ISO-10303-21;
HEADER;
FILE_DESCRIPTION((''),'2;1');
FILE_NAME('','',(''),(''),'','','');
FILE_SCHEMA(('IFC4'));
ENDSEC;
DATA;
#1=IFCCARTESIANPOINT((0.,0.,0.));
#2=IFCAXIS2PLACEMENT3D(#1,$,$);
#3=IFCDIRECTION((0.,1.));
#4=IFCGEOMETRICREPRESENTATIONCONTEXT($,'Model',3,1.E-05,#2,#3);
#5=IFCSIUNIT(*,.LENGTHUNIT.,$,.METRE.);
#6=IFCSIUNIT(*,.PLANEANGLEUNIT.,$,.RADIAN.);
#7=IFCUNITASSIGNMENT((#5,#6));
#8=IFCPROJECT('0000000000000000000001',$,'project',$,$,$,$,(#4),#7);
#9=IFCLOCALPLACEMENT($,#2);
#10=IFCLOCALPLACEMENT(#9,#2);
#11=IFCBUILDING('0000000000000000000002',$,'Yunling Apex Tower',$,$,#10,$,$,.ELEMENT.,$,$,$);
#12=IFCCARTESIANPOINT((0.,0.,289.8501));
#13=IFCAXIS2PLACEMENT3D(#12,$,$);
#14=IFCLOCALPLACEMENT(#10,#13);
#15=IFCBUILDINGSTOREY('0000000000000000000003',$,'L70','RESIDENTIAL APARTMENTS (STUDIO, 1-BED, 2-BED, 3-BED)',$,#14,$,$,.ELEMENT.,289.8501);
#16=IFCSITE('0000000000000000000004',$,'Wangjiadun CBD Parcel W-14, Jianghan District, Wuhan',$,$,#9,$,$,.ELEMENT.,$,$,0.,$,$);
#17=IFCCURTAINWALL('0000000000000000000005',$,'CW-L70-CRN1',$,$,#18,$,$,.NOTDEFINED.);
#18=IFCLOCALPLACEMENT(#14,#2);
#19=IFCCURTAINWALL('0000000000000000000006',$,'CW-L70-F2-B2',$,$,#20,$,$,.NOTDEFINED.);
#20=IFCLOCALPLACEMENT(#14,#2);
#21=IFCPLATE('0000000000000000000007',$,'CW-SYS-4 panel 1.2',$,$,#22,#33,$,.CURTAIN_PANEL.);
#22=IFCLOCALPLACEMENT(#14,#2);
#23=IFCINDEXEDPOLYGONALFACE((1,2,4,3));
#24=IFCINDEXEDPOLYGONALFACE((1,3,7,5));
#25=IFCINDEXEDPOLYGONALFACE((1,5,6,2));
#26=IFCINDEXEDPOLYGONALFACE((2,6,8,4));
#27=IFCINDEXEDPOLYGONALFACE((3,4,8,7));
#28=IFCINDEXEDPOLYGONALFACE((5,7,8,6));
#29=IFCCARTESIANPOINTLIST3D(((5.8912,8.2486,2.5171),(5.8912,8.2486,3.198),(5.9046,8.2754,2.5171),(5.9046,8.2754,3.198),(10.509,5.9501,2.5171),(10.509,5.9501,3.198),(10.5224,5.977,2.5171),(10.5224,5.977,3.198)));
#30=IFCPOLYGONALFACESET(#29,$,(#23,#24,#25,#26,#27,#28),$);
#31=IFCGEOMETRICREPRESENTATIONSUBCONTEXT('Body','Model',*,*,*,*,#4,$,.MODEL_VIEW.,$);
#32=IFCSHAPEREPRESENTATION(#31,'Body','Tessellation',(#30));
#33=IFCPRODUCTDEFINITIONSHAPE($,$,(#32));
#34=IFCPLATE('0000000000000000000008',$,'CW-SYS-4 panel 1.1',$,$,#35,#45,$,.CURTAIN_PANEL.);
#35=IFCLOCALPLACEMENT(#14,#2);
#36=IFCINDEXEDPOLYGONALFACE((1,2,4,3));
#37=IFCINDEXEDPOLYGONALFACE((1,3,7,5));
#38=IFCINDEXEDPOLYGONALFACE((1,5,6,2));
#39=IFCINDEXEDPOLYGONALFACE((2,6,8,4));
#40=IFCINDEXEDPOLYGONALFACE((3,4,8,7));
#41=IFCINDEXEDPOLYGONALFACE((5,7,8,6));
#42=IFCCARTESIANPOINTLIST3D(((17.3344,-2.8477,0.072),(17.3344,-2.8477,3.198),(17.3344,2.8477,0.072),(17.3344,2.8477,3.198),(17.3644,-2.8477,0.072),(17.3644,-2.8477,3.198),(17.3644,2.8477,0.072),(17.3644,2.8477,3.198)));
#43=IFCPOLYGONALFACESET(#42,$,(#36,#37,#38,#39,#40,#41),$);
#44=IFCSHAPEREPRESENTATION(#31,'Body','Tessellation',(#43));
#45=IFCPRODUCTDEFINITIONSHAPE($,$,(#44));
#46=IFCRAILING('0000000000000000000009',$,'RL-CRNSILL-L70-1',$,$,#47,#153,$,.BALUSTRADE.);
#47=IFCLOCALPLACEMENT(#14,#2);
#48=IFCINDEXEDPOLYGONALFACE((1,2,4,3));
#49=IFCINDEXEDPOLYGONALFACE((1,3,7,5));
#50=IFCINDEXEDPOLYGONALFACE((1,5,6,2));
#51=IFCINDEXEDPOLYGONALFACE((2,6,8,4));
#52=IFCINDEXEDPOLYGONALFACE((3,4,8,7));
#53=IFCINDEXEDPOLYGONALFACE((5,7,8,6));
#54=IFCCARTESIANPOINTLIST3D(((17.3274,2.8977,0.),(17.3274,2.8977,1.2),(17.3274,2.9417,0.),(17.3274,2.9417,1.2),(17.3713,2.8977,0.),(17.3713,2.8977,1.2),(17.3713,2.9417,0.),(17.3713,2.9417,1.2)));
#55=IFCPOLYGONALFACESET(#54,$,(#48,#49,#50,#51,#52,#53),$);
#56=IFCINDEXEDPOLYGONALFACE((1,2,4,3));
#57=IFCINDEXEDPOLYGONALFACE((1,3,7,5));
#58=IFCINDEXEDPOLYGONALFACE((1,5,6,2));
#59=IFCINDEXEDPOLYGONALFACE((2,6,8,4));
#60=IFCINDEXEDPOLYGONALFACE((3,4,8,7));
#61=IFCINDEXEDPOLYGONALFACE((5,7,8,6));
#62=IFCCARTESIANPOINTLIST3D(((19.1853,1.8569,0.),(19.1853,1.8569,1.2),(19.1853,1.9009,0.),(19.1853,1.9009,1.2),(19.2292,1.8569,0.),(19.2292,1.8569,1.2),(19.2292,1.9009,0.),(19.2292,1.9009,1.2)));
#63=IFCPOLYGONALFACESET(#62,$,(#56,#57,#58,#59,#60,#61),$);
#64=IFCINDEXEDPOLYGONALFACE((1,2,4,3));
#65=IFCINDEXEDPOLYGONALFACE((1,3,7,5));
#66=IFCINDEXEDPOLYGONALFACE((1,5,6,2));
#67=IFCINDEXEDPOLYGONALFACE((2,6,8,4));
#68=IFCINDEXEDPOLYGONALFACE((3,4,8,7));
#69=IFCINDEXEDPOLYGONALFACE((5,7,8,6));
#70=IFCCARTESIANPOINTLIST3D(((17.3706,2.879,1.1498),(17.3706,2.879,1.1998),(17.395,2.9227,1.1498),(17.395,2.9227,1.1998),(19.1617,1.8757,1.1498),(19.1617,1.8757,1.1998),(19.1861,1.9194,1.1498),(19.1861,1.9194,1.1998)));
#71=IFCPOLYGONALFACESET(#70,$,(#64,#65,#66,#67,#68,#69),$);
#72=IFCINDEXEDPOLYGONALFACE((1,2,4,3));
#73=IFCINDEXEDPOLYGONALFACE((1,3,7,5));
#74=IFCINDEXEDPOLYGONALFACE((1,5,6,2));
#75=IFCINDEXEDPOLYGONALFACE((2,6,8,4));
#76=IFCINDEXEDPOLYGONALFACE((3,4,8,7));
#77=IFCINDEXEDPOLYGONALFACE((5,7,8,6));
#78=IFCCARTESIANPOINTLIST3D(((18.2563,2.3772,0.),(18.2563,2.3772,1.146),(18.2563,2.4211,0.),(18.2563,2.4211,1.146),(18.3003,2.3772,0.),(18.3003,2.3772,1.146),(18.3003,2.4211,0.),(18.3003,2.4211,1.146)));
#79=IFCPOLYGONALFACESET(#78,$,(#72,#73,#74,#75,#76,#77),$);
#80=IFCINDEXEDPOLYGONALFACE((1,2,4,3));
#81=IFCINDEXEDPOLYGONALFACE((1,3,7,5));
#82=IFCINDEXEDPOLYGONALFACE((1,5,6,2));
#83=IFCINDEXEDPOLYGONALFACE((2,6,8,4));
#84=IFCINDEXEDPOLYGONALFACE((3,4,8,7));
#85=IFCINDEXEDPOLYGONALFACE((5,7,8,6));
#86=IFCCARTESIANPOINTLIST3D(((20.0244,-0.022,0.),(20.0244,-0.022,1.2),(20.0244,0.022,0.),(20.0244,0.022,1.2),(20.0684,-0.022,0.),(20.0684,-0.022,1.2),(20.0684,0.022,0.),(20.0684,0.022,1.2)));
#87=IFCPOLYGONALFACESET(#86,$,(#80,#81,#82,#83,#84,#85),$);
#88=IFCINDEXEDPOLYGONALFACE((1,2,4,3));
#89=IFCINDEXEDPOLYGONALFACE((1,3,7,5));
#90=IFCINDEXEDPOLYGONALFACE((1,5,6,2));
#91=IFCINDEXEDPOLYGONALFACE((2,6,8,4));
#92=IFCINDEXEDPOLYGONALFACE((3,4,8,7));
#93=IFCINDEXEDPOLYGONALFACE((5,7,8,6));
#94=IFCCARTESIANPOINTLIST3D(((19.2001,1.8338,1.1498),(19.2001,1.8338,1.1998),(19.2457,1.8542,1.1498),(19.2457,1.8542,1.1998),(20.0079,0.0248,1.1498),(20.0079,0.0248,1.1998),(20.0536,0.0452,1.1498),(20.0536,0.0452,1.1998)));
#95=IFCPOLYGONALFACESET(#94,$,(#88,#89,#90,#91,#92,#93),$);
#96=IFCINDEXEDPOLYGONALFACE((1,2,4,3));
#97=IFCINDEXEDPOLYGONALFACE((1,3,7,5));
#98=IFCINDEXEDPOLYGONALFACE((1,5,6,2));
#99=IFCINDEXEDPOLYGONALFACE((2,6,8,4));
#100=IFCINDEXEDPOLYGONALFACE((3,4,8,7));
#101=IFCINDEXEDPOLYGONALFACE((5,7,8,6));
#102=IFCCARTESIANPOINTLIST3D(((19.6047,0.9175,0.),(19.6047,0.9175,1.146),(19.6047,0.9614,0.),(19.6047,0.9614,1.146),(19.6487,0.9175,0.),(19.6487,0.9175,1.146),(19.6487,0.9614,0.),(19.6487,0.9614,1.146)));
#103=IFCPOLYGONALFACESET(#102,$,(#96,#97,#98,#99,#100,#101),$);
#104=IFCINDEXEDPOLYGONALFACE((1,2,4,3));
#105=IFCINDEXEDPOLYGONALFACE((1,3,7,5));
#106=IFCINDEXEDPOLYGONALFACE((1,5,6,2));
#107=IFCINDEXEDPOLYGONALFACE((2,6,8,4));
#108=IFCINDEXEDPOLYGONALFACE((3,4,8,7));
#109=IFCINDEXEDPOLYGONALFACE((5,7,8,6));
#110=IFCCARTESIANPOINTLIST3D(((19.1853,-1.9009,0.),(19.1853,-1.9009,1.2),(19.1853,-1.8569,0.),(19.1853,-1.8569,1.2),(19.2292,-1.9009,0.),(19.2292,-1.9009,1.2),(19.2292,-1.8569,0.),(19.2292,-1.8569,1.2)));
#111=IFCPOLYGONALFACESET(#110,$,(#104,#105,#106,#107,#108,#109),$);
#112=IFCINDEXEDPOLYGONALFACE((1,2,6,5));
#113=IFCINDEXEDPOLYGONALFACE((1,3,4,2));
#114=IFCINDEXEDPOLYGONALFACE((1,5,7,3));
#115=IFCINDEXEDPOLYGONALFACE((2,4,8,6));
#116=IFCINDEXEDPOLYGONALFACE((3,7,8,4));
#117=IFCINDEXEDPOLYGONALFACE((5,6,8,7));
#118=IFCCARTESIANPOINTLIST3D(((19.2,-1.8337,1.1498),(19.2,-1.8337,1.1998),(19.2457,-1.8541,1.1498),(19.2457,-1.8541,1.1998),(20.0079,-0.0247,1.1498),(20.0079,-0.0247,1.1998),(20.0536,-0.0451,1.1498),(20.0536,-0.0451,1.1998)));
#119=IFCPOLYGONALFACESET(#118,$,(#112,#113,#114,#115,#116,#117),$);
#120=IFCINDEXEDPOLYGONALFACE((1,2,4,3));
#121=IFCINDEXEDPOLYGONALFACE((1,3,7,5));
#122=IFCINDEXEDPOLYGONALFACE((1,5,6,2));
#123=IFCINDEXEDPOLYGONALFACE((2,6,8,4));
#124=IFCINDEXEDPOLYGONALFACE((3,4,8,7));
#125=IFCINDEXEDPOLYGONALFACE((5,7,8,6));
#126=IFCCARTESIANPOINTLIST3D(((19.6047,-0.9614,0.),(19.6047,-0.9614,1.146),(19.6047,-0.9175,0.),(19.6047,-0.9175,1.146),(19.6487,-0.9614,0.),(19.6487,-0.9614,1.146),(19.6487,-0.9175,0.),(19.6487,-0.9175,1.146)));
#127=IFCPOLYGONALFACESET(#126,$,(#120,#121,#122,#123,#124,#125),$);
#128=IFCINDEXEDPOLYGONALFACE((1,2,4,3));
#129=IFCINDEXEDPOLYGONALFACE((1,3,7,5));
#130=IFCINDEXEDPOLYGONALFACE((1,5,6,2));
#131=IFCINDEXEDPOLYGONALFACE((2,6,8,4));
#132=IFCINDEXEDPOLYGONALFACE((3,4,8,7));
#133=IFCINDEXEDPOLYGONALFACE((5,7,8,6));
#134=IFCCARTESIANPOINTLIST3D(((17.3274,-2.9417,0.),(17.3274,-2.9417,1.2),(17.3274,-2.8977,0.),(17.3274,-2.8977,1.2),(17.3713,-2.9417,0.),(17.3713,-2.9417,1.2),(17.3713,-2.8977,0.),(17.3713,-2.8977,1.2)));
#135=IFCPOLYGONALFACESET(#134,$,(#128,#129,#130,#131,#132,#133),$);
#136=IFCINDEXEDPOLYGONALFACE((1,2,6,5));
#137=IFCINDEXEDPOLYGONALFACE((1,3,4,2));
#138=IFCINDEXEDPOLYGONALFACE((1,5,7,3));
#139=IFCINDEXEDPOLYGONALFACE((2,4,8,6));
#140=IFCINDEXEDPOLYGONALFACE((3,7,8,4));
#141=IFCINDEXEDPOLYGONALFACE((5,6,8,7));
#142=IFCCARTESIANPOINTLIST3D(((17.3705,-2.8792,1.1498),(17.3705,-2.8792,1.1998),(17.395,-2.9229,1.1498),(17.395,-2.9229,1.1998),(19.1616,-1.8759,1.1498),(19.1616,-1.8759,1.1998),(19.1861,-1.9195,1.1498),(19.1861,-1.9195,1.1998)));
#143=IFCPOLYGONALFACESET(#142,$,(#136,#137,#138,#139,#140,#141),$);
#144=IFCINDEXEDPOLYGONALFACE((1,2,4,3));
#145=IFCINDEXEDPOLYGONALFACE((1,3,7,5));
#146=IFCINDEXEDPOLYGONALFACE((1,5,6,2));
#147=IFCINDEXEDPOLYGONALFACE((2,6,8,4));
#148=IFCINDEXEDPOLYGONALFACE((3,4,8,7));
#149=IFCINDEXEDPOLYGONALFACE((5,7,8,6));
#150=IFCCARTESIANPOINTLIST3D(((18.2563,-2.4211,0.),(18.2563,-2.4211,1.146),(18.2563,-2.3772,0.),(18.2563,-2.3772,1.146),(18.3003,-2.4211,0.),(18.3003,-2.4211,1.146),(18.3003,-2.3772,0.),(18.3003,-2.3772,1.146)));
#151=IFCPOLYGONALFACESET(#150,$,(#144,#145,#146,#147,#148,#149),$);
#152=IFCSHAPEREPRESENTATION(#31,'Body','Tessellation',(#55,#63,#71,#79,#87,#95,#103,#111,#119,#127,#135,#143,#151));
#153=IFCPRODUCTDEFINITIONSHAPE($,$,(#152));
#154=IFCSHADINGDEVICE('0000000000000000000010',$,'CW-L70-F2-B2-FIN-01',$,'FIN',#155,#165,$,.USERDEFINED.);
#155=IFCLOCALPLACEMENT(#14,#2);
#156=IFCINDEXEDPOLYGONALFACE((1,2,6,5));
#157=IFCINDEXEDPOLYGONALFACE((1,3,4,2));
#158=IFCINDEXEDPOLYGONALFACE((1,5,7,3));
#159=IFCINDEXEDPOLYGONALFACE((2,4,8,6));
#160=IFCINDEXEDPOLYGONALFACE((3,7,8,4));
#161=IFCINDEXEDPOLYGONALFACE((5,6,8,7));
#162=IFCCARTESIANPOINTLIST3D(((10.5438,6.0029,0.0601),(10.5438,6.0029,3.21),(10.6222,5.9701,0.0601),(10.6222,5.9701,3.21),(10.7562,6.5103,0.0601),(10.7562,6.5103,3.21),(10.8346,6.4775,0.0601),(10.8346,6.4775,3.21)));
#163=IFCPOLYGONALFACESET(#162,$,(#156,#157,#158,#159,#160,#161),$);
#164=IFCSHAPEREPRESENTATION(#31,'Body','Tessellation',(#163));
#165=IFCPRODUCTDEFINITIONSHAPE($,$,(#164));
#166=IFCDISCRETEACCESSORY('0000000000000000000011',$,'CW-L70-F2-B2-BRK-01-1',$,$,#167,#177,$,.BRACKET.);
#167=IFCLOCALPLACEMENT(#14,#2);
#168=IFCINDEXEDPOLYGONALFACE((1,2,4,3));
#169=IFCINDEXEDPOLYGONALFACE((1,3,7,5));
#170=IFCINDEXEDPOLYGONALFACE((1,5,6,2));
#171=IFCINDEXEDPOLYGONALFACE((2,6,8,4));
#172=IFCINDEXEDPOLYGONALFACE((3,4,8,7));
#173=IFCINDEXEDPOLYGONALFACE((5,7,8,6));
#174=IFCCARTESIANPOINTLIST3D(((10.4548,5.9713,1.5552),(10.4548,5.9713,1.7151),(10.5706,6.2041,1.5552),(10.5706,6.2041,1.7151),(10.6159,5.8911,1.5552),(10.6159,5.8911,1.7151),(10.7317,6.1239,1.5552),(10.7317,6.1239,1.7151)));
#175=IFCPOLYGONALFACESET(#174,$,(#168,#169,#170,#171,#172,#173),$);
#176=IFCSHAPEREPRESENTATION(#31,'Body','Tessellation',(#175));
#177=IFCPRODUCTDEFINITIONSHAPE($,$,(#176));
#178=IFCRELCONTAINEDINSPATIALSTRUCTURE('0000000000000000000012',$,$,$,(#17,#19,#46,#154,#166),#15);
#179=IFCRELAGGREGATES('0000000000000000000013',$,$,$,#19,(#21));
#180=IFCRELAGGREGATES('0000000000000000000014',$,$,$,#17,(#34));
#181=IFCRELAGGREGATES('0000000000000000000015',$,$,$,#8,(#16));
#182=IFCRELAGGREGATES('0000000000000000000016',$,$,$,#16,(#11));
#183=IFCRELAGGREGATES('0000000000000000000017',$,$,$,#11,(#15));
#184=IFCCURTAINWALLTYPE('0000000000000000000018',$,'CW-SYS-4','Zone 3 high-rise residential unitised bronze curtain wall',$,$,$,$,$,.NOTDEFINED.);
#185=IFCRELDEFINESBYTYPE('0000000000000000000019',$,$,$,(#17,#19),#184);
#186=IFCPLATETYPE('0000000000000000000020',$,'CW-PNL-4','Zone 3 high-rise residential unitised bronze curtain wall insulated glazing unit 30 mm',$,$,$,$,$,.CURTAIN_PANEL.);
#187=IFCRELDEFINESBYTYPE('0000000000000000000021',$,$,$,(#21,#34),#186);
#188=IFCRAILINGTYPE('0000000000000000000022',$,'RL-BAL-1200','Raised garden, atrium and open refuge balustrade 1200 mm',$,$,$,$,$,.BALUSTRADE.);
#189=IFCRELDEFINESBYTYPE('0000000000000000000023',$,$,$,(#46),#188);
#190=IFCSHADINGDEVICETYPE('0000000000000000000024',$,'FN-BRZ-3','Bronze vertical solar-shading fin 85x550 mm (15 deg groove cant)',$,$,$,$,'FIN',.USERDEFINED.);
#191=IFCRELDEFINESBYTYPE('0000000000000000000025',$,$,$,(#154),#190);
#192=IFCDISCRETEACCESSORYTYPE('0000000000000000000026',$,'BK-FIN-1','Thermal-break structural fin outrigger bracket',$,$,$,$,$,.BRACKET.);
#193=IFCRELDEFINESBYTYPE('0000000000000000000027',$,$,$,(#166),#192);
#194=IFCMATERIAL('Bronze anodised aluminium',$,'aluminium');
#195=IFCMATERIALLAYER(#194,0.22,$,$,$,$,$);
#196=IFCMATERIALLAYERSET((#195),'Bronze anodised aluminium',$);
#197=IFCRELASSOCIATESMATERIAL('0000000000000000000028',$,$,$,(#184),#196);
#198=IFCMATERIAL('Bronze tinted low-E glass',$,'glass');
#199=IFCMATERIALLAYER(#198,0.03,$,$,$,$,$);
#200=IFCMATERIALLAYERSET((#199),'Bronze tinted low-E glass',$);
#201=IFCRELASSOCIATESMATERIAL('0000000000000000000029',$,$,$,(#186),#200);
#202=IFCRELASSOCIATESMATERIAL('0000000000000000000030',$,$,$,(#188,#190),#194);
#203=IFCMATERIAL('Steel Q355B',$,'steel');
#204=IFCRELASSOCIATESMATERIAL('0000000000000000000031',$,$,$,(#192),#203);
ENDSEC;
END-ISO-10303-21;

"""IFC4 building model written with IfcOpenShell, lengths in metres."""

from ifc_helpers import new_model, si_unit, direction, frame, origin, origin_2d, place, context, subcontext, project, spatial, rectangle, extrude, source, transform, mapped, material, layer, layer_set, material_profile, profile_set, type_object, element, aggregate, save


model = new_model("IFC4")

# Units and contexts
model_context = context("Model", 3, precision=1e-05, world=origin(), true_north=direction((0.0, 1.0)))
body_context = subcontext(model_context, "Body", "Model", "MODEL_VIEW")
ifc_project = project(units=[si_unit("LENGTHUNIT", "METRE"), si_unit("PLANEANGLEUNIT", "RADIAN")], contexts=[model_context])

# Site, building, storey
site_placement = place(None, origin())
site = spatial("IfcSite", under=ifc_project, at=site_placement, Name="Wangjiadun CBD Parcel W-14, Jianghan District, Wuhan", CompositionType="ELEMENT", RefElevation=0.0)
building_placement = place(site_placement, origin())
building = spatial("IfcBuilding", under=site, at=building_placement, Name="Yunling Apex Tower", CompositionType="ELEMENT")
storey_placement = place(building_placement, frame((0.0, 0.0, 289.8501)))
storey = spatial("IfcBuildingStorey", under=building, at=storey_placement, Name="L70", Description="RESIDENTIAL APARTMENTS (STUDIO, 1-BED, 2-BED, 3-BED)", CompositionType="ELEMENT", Elevation=289.8501)

# Shared definitions
ifc_material_1 = material(Name="Steel Q355B", Category="steel")

# Curtain wall
ifc_material_2 = material(Name="Bronze anodised aluminium", Category="aluminium")
ifc_layer_1 = layer(ifc_material_2, 0.22)
ifc_layer_set_1 = layer_set([ifc_layer_1], Name="Bronze anodised aluminium")
curtain_wall_type = type_object("IfcCurtainWallType", Name="CW-SYS-4", Description="Zone 3 high-rise residential unitised bronze curtain wall", PredefinedType="NOTDEFINED", material=ifc_layer_set_1)
curtain_wall_1_placement = place(storey_placement, origin())
curtain_wall_1 = element("IfcCurtainWall", 1, at=curtain_wall_1_placement, inside=storey, type_object=curtain_wall_type, Name="CW-L70-CRN1", PredefinedType="NOTDEFINED")

# Curtain wall
curtain_wall_2_placement = place(storey_placement, origin())
curtain_wall_2 = element("IfcCurtainWall", 2, at=curtain_wall_2_placement, inside=storey, type_object=curtain_wall_type, Name="CW-L70-F2-B2", PredefinedType="NOTDEFINED")

# Plates
ifc_material_3 = material(Name="Bronze tinted low-E glass", Category="glass")
ifc_layer_2 = layer(ifc_material_3, 0.03)
ifc_layer_set_2 = layer_set([ifc_layer_2], Name="Bronze tinted low-E glass")
plate_type_1 = type_object("IfcPlateType", Name="CW-PNL-4", Description="Zone 3 high-rise residential unitised bronze curtain wall insulated glazing unit 30 mm", PredefinedType="CURTAIN_PANEL", material=ifc_layer_set_2)
shared_shape_1 = source(origin(), body_context, "Body", "SweptSolid", [
    extrude(rectangle(XDim=5.1582, YDim=0.03, at=origin_2d()), origin(), (0.0, 0.0, 1.0), 0.6809),
])
plate_1_placement = place(storey_placement, frame((8.2068, 7.1128, 2.5171), z_axis=(0.0, 0.0, 1.0), x_axis=(-0.89524, 0.445583, 0.0)))
plate_1 = element("IfcPlate", 3, at=plate_1_placement, type_object=plate_type_1, Name="CW-SYS-4 panel 1.2", PredefinedType="CURTAIN_PANEL", context=body_context, shape_type="MappedRepresentation", body=[
    mapped(shared_shape_1, transform((0.0, 0.0, 0.0), scale=1.0)),
])
aggregate(curtain_wall_2, [plate_1])
shared_shape_2 = source(origin(), body_context, "Body", "SweptSolid", [
    extrude(rectangle(XDim=5.6953, YDim=0.03, at=origin_2d()), origin(), (0.0, 0.0, 1.0), 3.126),
])
plate_2_placement = place(storey_placement, frame((17.3494, 0.0, 0.072), z_axis=(0.0, 0.0, 1.0), x_axis=(0.0, 1.0, 0.0)))
plate_2 = element("IfcPlate", 4, at=plate_2_placement, type_object=plate_type_1, Name="CW-SYS-4 panel 1.1", PredefinedType="CURTAIN_PANEL", context=body_context, shape_type="MappedRepresentation", body=[
    mapped(shared_shape_2, transform((0.0, 0.0, 0.0), scale=1.0)),
])
aggregate(curtain_wall_1, [plate_2])

# Railing
railing_type = type_object("IfcRailingType", Name="RL-BAL-1200", Description="Raised garden, atrium and open refuge balustrade 1200 mm", PredefinedType="BALUSTRADE", material=ifc_material_2)
railing_placement = place(storey_placement, frame((17.3494, 2.9197, 0.0)))
element("IfcRailing", 5, at=railing_placement, inside=storey, type_object=railing_type, Name="RL-CRNSILL-L70-1", PredefinedType="BALUSTRADE", context=body_context, shape_type="SweptSolid", body=[
    extrude(rectangle(XDim=0.0439, YDim=0.0439, at=origin_2d()), origin(), (0.0, 0.0, 1.0), 1.2),
    extrude(rectangle(XDim=0.0439, YDim=0.0439, at=origin_2d()), frame((1.8579, -1.0408, 0.0)), (0.0, 0.0, 1.0), 1.2),
    extrude(rectangle(XDim=0.05, YDim=0.05, at=origin_2d()), frame((0.0334, -0.0188, 1.1748), z_axis=(0.872438, -0.488726, 0.0), x_axis=(0.488726, 0.872438, 0.0)), (0.0, 0.0, 1.0), 2.053),
    extrude(rectangle(XDim=0.0439, YDim=0.0439, at=origin_2d()), frame((0.929, -0.5205, 0.0)), (0.0, 0.0, 1.0), 1.146),
    extrude(rectangle(XDim=0.0439, YDim=0.0439, at=origin_2d()), frame((2.697, -2.9197, 0.0)), (0.0, 0.0, 1.0), 1.2),
    extrude(rectangle(XDim=0.05, YDim=0.05, at=origin_2d()), frame((1.8735, -1.0757, 1.1748), z_axis=(0.407778, -0.913081, 0.0), x_axis=(0.913081, 0.407778, 0.0)), (0.0, 0.0, 1.0), 1.9812),
    extrude(rectangle(XDim=0.0439, YDim=0.0439, at=origin_2d()), frame((2.2773, -1.9802, 0.0)), (0.0, 0.0, 1.0), 1.146),
    extrude(rectangle(XDim=0.0439, YDim=0.0439, at=origin_2d()), frame((1.8579, -4.7986, 0.0)), (0.0, 0.0, 1.0), 1.2),
    extrude(rectangle(XDim=0.05, YDim=0.05, at=origin_2d()), frame((2.6814, -2.9546, 1.1748), z_axis=(-0.407778, -0.913081, 0.0), x_axis=(0.913081, -0.407778, 0.0)), (0.0, 0.0, 1.0), 1.9812),
    extrude(rectangle(XDim=0.0439, YDim=0.0439, at=origin_2d()), frame((2.2773, -3.8591, 0.0)), (0.0, 0.0, 1.0), 1.146),
    extrude(rectangle(XDim=0.0439, YDim=0.0439, at=origin_2d()), frame((0.0, -5.8394, 0.0)), (0.0, 0.0, 1.0), 1.2),
    extrude(rectangle(XDim=0.05, YDim=0.05, at=origin_2d()), frame((1.8245, -4.8174, 1.1748), z_axis=(-0.872438, -0.488726, 0.0), x_axis=(0.488726, -0.872438, 0.0)), (0.0, 0.0, 1.0), 2.053),
    extrude(rectangle(XDim=0.0439, YDim=0.0439, at=origin_2d()), frame((0.929, -5.3188, 0.0)), (0.0, 0.0, 1.0), 1.146),
])

# Shading device
ifc_material_profile_1 = material_profile(ifc_material_2, rectangle(XDim=0.085, YDim=0.55, at=origin_2d()))
ifc_profile_set_1 = profile_set([ifc_material_profile_1], Name="Bronze anodised aluminium")
shading_device_type = type_object("IfcShadingDeviceType", Name="FN-BRZ-3", Description="Bronze vertical solar-shading fin 85x550 mm (15 deg groove cant)", ElementType="FIN", PredefinedType="USERDEFINED", material=ifc_profile_set_1)
shared_shape_3 = source(origin(), body_context, "Body", "SweptSolid", [
    extrude(rectangle(XDim=0.085, YDim=0.55, at=origin_2d()), origin(), (0.0, 0.0, 1.0), 3.1499),
])
shading_device_placement = place(storey_placement, frame((10.6892, 6.2402, 0.0601), z_axis=(0.0, 0.0, 1.0), x_axis=(-0.922471, 0.386067, 0.0)))
element("IfcShadingDevice", 6, at=shading_device_placement, inside=storey, type_object=shading_device_type, Name="CW-L70-F2-B2-FIN-01", ObjectType="FIN", PredefinedType="USERDEFINED", context=body_context, shape_type="MappedRepresentation", body=[
    mapped(shared_shape_3, transform((0.0, 0.0, 0.0), scale=1.0)),
])

# Discrete accessory
discrete_accessory_type = type_object("IfcDiscreteAccessoryType", Name="BK-FIN-1", Description="Thermal-break structural fin outrigger bracket", PredefinedType="BRACKET", material=ifc_material_1)
shared_shape_4 = source(origin(), body_context, "Body", "SweptSolid", [
    extrude(rectangle(XDim=0.1799, YDim=0.26, at=origin_2d()), origin(), (0.0, 0.0, 1.0), 0.1599),
])
discrete_accessory_placement = place(storey_placement, frame((10.5933, 6.0476, 1.5552), z_axis=(0.0, 0.0, 1.0), x_axis=(-0.895246, 0.445573, 0.0)))
element("IfcDiscreteAccessory", 7, at=discrete_accessory_placement, inside=storey, type_object=discrete_accessory_type, Name="CW-L70-F2-B2-BRK-01-1", PredefinedType="BRACKET", context=body_context, shape_type="MappedRepresentation", body=[
    mapped(shared_shape_4, transform((0.0, 0.0, 0.0), scale=1.0)),
])

save(model, "model.ifc")
